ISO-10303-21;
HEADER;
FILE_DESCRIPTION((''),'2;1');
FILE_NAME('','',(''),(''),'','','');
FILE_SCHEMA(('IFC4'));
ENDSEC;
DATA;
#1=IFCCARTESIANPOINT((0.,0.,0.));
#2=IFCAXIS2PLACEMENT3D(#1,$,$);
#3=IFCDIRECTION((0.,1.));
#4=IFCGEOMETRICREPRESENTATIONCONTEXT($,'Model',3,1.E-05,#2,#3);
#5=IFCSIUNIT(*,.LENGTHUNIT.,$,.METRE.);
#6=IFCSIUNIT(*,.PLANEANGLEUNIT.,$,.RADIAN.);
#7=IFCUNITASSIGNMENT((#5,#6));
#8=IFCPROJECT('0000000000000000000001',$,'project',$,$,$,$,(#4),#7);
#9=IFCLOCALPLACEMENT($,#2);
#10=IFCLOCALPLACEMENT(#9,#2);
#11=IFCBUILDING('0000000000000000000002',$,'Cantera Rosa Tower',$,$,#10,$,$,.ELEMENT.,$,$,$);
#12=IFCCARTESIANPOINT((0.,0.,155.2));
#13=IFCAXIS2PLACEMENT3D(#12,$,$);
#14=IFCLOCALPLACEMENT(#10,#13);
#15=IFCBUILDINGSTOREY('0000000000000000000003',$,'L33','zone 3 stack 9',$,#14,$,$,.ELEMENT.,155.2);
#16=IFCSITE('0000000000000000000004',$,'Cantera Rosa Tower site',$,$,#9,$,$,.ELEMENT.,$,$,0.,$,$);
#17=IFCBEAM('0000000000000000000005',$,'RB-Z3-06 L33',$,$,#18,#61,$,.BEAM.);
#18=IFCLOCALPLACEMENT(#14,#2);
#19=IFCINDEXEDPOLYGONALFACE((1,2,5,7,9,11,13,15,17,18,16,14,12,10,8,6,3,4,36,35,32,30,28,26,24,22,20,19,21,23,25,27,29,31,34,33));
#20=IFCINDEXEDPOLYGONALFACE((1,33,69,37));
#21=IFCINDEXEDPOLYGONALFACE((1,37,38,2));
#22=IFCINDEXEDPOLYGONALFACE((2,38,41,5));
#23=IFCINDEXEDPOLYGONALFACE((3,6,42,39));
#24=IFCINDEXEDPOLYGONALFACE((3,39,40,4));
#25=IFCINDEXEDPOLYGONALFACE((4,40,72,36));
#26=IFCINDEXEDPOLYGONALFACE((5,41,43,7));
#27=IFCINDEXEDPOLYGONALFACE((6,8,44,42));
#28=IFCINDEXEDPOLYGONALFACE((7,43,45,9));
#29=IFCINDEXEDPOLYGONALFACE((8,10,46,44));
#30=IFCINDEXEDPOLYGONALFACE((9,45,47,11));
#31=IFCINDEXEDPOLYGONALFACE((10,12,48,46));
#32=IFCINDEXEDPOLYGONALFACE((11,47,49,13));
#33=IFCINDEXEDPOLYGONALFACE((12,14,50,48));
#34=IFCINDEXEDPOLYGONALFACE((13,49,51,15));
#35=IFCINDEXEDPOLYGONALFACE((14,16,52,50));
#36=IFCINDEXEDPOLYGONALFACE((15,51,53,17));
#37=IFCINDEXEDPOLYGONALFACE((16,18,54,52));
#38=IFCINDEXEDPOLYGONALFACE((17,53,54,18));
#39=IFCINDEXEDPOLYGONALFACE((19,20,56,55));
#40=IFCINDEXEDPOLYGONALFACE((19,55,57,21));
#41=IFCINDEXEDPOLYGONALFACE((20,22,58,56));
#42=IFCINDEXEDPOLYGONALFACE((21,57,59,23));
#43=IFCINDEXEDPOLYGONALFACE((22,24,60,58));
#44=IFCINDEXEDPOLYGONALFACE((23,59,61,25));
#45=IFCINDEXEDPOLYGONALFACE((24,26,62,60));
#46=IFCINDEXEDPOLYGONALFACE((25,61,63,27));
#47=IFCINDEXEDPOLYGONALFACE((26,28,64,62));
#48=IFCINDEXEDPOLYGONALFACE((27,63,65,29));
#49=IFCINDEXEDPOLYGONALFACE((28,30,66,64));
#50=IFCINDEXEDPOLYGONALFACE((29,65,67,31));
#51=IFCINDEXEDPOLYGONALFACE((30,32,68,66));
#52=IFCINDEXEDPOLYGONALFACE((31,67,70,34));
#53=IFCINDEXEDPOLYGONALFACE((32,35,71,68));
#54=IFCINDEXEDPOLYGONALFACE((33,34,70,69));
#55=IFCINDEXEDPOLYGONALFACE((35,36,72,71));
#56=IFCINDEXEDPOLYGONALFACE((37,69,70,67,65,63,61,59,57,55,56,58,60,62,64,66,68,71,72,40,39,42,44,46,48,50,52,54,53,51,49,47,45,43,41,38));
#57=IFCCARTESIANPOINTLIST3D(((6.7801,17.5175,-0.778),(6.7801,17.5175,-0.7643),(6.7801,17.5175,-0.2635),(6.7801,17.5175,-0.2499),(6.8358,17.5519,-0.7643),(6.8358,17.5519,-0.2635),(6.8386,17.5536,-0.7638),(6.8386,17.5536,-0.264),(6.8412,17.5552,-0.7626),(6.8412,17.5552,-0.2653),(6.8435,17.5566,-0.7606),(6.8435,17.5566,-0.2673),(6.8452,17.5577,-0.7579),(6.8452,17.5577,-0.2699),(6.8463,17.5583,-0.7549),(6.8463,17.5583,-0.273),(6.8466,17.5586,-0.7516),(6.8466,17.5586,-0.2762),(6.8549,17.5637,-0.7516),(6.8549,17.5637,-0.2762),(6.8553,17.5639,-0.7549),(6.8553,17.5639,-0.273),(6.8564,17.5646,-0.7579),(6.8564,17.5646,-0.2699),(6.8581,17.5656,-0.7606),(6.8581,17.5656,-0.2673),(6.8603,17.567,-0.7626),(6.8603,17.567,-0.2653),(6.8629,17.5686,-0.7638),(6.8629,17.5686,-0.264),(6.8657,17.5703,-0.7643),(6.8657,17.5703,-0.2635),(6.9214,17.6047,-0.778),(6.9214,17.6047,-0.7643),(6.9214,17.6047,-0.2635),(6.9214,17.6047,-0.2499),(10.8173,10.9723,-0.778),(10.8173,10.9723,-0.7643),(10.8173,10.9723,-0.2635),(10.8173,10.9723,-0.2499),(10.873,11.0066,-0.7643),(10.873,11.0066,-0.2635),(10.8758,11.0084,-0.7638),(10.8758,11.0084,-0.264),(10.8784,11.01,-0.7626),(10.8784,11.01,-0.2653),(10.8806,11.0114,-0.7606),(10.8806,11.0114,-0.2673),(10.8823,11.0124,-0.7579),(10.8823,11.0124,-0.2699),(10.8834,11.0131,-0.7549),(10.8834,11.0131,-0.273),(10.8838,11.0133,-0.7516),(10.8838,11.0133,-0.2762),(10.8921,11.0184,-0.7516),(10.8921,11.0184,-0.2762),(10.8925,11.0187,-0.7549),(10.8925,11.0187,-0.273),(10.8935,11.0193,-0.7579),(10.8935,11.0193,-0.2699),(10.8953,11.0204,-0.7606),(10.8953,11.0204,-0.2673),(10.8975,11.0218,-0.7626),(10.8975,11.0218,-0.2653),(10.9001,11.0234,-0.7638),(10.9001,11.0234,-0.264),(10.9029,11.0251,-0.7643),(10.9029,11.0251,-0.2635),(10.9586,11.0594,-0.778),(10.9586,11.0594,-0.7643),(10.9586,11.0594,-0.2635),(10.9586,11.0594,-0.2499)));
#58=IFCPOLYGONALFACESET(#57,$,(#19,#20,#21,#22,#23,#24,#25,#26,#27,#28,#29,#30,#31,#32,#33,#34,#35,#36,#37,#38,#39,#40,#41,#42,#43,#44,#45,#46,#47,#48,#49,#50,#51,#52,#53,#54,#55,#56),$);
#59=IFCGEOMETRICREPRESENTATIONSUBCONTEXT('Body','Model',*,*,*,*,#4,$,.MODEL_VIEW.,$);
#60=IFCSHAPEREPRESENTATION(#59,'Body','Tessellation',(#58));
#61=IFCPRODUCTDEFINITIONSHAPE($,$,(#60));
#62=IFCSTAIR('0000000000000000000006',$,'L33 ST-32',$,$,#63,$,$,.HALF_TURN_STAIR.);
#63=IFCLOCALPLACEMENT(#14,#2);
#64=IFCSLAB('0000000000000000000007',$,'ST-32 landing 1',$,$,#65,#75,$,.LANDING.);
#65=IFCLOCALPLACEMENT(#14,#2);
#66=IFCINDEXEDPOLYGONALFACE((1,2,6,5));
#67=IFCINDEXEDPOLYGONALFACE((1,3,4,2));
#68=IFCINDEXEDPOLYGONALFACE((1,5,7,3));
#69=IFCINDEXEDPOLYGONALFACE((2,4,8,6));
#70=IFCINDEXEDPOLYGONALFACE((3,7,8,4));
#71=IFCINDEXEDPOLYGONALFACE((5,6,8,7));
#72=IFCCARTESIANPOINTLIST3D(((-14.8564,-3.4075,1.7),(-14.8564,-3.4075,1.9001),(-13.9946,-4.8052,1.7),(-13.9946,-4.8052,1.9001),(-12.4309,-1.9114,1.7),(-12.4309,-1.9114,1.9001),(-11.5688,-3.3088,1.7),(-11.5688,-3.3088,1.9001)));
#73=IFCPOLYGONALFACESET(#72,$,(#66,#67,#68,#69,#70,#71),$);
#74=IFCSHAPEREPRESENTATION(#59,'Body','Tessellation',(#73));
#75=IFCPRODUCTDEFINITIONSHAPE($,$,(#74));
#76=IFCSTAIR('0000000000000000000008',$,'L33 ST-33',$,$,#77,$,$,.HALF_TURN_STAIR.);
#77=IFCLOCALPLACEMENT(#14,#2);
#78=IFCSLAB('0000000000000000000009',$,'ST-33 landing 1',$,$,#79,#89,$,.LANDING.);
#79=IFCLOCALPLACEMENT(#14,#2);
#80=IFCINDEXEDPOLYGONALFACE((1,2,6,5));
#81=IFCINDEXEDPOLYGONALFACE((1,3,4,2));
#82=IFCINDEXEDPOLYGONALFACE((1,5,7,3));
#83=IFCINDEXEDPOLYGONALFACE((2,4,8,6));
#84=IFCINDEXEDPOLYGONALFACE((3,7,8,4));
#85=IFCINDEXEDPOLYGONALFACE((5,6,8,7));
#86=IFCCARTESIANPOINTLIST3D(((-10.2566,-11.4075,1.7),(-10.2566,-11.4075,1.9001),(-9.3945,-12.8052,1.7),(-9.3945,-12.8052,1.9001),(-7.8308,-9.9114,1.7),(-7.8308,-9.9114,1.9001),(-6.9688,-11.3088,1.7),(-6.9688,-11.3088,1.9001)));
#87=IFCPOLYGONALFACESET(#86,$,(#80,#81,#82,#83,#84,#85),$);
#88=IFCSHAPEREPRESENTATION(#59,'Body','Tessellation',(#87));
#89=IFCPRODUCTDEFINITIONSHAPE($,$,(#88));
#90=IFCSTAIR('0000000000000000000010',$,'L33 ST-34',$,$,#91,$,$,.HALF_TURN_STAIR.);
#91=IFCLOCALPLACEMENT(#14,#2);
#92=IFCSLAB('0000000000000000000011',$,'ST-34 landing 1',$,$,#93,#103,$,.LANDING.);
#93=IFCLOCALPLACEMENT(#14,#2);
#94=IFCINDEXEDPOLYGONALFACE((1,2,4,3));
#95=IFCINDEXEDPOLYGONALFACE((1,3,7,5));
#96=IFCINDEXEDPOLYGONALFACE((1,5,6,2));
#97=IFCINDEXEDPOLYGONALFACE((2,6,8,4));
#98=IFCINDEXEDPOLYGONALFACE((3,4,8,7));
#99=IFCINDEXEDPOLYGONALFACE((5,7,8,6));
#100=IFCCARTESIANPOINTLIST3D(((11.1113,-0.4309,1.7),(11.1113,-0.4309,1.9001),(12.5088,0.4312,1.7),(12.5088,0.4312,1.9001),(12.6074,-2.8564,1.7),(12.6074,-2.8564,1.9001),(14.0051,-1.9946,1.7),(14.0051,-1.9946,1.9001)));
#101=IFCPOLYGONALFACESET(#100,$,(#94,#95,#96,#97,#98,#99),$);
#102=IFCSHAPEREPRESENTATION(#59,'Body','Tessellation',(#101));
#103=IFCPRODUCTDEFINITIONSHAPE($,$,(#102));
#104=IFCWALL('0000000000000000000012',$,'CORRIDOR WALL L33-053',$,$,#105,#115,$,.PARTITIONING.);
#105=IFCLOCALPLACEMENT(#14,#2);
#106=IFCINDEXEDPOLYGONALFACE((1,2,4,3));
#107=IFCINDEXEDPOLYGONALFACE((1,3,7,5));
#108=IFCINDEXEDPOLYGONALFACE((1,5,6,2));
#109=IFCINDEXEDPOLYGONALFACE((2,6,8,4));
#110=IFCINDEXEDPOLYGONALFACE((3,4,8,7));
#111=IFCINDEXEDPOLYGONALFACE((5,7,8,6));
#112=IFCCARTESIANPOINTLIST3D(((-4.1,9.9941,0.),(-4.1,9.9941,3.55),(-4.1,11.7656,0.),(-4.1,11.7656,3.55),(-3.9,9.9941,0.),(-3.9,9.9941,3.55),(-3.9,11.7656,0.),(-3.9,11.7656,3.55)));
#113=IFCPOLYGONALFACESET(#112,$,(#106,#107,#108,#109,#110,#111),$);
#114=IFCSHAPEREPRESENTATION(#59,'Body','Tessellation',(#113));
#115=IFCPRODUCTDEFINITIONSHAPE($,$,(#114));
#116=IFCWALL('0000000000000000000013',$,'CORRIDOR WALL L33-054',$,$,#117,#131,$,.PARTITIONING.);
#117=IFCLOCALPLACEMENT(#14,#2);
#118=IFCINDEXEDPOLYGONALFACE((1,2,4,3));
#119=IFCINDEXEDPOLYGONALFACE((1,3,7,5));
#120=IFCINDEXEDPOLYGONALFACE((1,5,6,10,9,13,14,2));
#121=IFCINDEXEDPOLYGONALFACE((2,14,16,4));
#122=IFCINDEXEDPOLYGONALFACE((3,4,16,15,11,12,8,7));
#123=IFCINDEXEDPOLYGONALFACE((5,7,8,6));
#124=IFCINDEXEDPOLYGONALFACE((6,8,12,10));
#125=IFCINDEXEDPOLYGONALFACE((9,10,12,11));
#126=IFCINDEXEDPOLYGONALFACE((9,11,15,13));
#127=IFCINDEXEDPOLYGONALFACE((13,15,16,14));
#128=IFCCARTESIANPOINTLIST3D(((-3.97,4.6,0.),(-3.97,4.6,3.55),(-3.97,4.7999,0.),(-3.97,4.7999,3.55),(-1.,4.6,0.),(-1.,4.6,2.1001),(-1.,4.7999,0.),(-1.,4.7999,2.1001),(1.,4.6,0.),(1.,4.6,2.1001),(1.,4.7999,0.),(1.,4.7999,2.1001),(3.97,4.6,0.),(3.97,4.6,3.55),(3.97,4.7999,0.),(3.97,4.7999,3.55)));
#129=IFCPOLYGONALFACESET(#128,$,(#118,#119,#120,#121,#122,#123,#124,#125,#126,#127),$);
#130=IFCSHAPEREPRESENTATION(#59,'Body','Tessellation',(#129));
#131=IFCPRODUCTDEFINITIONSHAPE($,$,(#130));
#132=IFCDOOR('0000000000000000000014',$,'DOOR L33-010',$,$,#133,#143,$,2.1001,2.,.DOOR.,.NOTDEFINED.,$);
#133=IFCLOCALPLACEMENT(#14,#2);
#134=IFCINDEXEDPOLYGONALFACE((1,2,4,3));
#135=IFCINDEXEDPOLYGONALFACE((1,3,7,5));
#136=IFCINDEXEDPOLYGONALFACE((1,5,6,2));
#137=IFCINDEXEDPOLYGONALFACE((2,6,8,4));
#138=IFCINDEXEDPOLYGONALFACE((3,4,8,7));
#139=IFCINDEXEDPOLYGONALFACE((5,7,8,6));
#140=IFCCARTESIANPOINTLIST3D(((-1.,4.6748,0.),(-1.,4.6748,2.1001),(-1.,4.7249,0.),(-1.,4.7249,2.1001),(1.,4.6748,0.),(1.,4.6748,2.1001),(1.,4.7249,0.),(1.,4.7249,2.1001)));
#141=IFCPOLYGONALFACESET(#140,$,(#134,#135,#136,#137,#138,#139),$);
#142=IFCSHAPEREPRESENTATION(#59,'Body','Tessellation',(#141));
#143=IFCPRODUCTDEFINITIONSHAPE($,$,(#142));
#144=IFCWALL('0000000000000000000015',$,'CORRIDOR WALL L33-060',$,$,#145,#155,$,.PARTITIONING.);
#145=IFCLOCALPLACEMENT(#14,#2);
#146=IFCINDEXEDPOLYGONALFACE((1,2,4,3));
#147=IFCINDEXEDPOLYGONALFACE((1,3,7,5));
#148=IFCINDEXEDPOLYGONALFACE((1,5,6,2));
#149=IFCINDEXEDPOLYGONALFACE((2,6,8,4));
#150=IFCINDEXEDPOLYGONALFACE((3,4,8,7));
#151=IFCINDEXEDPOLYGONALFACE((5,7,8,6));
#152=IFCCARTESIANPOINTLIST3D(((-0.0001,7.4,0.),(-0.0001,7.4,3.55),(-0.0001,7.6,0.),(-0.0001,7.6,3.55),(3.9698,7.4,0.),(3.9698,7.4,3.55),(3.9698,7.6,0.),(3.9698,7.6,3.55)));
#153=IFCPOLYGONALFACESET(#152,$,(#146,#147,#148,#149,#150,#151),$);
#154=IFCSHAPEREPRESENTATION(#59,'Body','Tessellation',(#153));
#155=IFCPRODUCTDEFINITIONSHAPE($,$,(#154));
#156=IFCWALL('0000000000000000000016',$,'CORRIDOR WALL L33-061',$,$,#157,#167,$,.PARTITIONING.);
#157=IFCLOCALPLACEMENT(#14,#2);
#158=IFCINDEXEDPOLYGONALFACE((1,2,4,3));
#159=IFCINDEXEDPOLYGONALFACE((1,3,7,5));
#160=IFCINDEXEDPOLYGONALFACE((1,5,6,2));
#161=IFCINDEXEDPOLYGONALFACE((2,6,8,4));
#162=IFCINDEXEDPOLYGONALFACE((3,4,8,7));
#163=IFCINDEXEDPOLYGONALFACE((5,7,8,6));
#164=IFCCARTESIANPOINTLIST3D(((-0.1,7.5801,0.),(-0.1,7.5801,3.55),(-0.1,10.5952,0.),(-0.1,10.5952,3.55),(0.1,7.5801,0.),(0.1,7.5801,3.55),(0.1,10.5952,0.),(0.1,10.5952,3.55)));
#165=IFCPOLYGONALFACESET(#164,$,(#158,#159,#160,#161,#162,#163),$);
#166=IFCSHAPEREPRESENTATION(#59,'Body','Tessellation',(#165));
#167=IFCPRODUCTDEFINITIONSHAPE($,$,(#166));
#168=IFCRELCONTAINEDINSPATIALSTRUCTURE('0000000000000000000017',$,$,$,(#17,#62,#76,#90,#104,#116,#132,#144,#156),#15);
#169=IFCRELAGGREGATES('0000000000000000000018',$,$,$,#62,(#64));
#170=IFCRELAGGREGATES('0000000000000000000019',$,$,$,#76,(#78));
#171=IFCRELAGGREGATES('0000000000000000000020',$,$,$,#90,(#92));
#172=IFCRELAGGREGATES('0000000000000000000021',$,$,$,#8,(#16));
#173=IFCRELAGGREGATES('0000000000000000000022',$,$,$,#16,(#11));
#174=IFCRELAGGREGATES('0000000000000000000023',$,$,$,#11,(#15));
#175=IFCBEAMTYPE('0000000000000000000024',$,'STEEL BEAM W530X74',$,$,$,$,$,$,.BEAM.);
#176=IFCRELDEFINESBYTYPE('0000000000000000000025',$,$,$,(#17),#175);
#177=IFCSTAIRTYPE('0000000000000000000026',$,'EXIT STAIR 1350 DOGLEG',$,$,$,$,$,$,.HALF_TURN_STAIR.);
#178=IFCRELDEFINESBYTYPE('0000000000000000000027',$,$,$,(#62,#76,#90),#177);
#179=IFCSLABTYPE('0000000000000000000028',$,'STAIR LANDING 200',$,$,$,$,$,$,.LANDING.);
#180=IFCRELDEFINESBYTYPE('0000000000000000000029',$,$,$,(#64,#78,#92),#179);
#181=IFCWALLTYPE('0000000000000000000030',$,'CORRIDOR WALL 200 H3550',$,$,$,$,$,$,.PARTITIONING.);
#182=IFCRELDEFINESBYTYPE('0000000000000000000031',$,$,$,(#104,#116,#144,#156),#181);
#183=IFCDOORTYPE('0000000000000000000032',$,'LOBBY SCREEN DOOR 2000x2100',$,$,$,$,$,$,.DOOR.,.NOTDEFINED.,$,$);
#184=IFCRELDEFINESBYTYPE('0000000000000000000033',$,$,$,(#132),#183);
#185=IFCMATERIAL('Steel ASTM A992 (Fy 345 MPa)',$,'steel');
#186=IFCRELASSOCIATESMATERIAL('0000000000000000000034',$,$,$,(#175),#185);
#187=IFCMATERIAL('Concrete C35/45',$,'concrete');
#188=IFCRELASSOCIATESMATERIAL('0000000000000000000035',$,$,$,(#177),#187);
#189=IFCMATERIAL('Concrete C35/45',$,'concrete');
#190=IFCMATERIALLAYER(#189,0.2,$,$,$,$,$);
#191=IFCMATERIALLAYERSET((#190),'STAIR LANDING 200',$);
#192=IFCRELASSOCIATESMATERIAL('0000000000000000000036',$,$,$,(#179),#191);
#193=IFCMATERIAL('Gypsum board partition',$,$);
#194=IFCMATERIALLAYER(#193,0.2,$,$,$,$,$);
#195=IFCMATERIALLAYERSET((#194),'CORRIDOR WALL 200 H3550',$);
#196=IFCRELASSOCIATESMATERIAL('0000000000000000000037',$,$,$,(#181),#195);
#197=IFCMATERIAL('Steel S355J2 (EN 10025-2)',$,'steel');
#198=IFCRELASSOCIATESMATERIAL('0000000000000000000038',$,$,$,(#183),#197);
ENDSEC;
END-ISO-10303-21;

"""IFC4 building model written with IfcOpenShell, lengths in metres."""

from ifc_helpers import new_model, si_unit, direction, frame, frame_2d, origin, origin_2d, place, context, subcontext, project, spatial, polyline, rectangle, i_section, outline, extrude, material, layer, layer_set, material_profile, profile_set, type_object, element, fill, aggregate, save


model = new_model("IFC4")

# Units and contexts
model_context = context("Model", 3, precision=1e-05, world=origin(), true_north=direction((0.0, 1.0)))
body_context = subcontext(model_context, "Body", "Model", "MODEL_VIEW")
ifc_project = project(units=[si_unit("LENGTHUNIT", "METRE"), si_unit("PLANEANGLEUNIT", "RADIAN")], contexts=[model_context])

# Site, building, storey
site_placement = place(None, origin())
site = spatial("IfcSite", under=ifc_project, at=site_placement, Name="Cantera Rosa Tower site", CompositionType="ELEMENT", RefElevation=0.0)
building_placement = place(site_placement, origin())
building = spatial("IfcBuilding", under=site, at=building_placement, Name="Cantera Rosa Tower", CompositionType="ELEMENT")
storey_placement = place(building_placement, frame((0.0, 0.0, 155.2)))
storey = spatial("IfcBuildingStorey", under=building, at=storey_placement, Name="L33", Description="zone 3 stack 9", CompositionType="ELEMENT", Elevation=155.2)

# Beam
ifc_material_1 = material(Name="Steel ASTM A992 (Fy 345 MPa)", Category="steel")
ifc_material_profile = material_profile(ifc_material_1, i_section(OverallWidth=0.166, OverallDepth=0.5281, WebThickness=0.0098, FlangeThickness=0.0137, FilletRadius=0.0127, at=origin_2d()), Name="W530X74")
ifc_profile_set = profile_set([ifc_material_profile], Name="Steel ASTM A992 (Fy 345 MPa)")
beam_type = type_object("IfcBeamType", Name="STEEL BEAM W530X74", PredefinedType="BEAM", material=ifc_profile_set)
beam_placement = place(storey_placement, frame((10.8879, 11.0159, -0.5139), z_axis=(-0.524976, 0.851117, 0.0), x_axis=(-0.851117, -0.524976, 0.0)))
element("IfcBeam", 1, at=beam_placement, inside=storey, type_object=beam_type, Name="RB-Z3-06 L33", PredefinedType="BEAM", context=body_context, shape_type="SweptSolid", body=[
    extrude(i_section(OverallWidth=0.166, OverallDepth=0.5281, WebThickness=0.0098, FlangeThickness=0.0137, FilletRadius=0.0127, at=origin_2d()), origin(), (0.0, 0.0, 1.0), 7.6902),
])

# Stairs, slabs
ifc_material_2 = material(Name="Concrete C35/45", Category="concrete")
stair_type = type_object("IfcStairType", Name="EXIT STAIR 1350 DOGLEG", PredefinedType="HALF_TURN_STAIR", material=ifc_material_2)
stair_1_placement = place(storey_placement, origin())
stair_1 = element("IfcStair", 2, at=stair_1_placement, inside=storey, type_object=stair_type, Name="L33 ST-32", PredefinedType="HALF_TURN_STAIR")
ifc_material_3 = material(Name="Concrete C35/45", Category="concrete")
ifc_layer_1 = layer(ifc_material_3, 0.2)
ifc_layer_set_1 = layer_set([ifc_layer_1], Name="STAIR LANDING 200")
slab_type = type_object("IfcSlabType", Name="STAIR LANDING 200", PredefinedType="LANDING", material=ifc_layer_set_1)
slab_1_placement = place(storey_placement, frame((0.0, 0.0, 1.7)))
slab_1 = element("IfcSlab", 3, at=slab_1_placement, type_object=slab_type, Name="ST-32 landing 1", PredefinedType="LANDING", context=body_context, shape_type="SweptSolid", body=[
    extrude(outline(polyline([(-11.5688, -3.3088), (-12.4309, -1.9114), (-14.8564, -3.4075), (-13.9946, -4.8052), (-11.5688, -3.3088)])), origin(), (0.0, 0.0, 1.0), 0.2002),
])
aggregate(stair_1, [slab_1])
stair_2_placement = place(storey_placement, origin())
stair_2 = element("IfcStair", 4, at=stair_2_placement, inside=storey, type_object=stair_type, Name="L33 ST-33", PredefinedType="HALF_TURN_STAIR")
slab_2_placement = place(storey_placement, frame((0.0, 0.0, 1.7)))
slab_2 = element("IfcSlab", 5, at=slab_2_placement, type_object=slab_type, Name="ST-33 landing 1", PredefinedType="LANDING", context=body_context, shape_type="SweptSolid", body=[
    extrude(outline(polyline([(-6.9688, -11.3088), (-7.8308, -9.9114), (-10.2566, -11.4075), (-9.3945, -12.8052), (-6.9688, -11.3088)])), origin(), (0.0, 0.0, 1.0), 0.2002),
])
aggregate(stair_2, [slab_2])
stair_3_placement = place(storey_placement, origin())
stair_3 = element("IfcStair", 6, at=stair_3_placement, inside=storey, type_object=stair_type, Name="L33 ST-34", PredefinedType="HALF_TURN_STAIR")
slab_3_placement = place(storey_placement, frame((0.0, 0.0, 1.7)))
slab_3 = element("IfcSlab", 7, at=slab_3_placement, type_object=slab_type, Name="ST-34 landing 1", PredefinedType="LANDING", context=body_context, shape_type="SweptSolid", body=[
    extrude(outline(polyline([(12.5088, 0.4312), (11.1113, -0.4309), (12.6074, -2.8564), (14.0051, -1.9946), (12.5088, 0.4312)])), origin(), (0.0, 0.0, 1.0), 0.2002),
])
aggregate(stair_3, [slab_3])

# Wall
ifc_material_4 = material(Name="Gypsum board partition")
ifc_layer_2 = layer(ifc_material_4, 0.2)
ifc_layer_set_2 = layer_set([ifc_layer_2], Name="CORRIDOR WALL 200 H3550")
wall_type_1 = type_object("IfcWallType", Name="CORRIDOR WALL 200 H3550", PredefinedType="PARTITIONING", material=ifc_layer_set_2)
wall_1_placement = place(storey_placement, frame((-4.0, 11.7656, 0.0), z_axis=(0.0, 0.0, 1.0), x_axis=(0.0, -1.0, 0.0)))
element("IfcWall", 8, at=wall_1_placement, inside=storey, type_object=wall_type_1, Name="CORRIDOR WALL L33-053", PredefinedType="PARTITIONING", context=body_context, shape_type="SweptSolid", body=[
    extrude(rectangle(XDim=1.7715, YDim=0.2, at=frame_2d((0.8857, 0.0))), origin(), (0.0, 0.0, 1.0), 3.55),
])

# Wall, opening, door
wall_2_placement = place(storey_placement, frame((-3.97, 4.7, 0.0), z_axis=(0.0, 0.0, 1.0), x_axis=(1.0, 0.0, 0.0)))
wall_2 = element("IfcWall", 9, at=wall_2_placement, inside=storey, type_object=wall_type_1, Name="CORRIDOR WALL L33-054", PredefinedType="PARTITIONING", context=body_context, shape_type="SweptSolid", body=[
    extrude(rectangle(XDim=7.9399, YDim=0.2, at=frame_2d((3.97, 0.0))), origin(), (0.0, 0.0, 1.0), 3.55),
])
opening_1_placement = place(wall_2_placement, frame((2.97, 0.0, 0.0)))
opening_1 = element("IfcOpeningElement", 10, at=opening_1_placement, cuts=wall_2, PredefinedType="OPENING", context=body_context, shape_type="SweptSolid", body=[
    extrude(rectangle(XDim=2.0, YDim=2.1001, at=frame_2d((1.0, 1.05))), frame((0.0, 0.1099, 0.0), z_axis=(0.0, -1.0, 0.0), x_axis=(1.0, 0.0, 0.0)), (0.0, 0.0, 1.0), 0.22),
])
ifc_material_5 = material(Name="Steel S355J2 (EN 10025-2)", Category="steel")
door_type_1 = type_object("IfcDoorType", Name="LOBBY SCREEN DOOR 2000x2100", OperationType="NOTDEFINED", PredefinedType="DOOR", material=ifc_material_5)
door_1_placement = place(opening_1_placement, origin())
door_1 = element("IfcDoor", 11, at=door_1_placement, inside=storey, type_object=door_type_1, Name="DOOR L33-010", OperationType="NOTDEFINED", OverallHeight=2.1001, OverallWidth=2.0, PredefinedType="DOOR", context=body_context, shape_type="SweptSolid", body=[
    extrude(rectangle(XDim=2.0, YDim=2.1001, at=frame_2d((1.0, 1.05))), frame((0.0, 0.0249, 0.0), z_axis=(0.0, -1.0, 0.0), x_axis=(1.0, 0.0, 0.0)), (0.0, 0.0, 1.0), 0.05),
])
fill(opening_1, door_1)

# Walls
wall_3_placement = place(storey_placement, frame((0.0, 7.5, 0.0), z_axis=(0.0, 0.0, 1.0), x_axis=(1.0, 0.0, 0.0)))
element("IfcWall", 12, at=wall_3_placement, inside=storey, type_object=wall_type_1, Name="CORRIDOR WALL L33-060", PredefinedType="PARTITIONING", context=body_context, shape_type="SweptSolid", body=[
    extrude(rectangle(XDim=3.97, YDim=0.2, at=frame_2d((1.9849, 0.0))), origin(), (0.0, 0.0, 1.0), 3.55),
])
wall_4_placement = place(storey_placement, frame((0.0, 10.5952, 0.0), z_axis=(0.0, 0.0, 1.0), x_axis=(0.0, -1.0, 0.0)))
element("IfcWall", 13, at=wall_4_placement, inside=storey, type_object=wall_type_1, Name="CORRIDOR WALL L33-061", PredefinedType="PARTITIONING", context=body_context, shape_type="SweptSolid", body=[
    extrude(rectangle(XDim=3.0151, YDim=0.2, at=frame_2d((1.5076, 0.0))), origin(), (0.0, 0.0, 1.0), 3.55),
])

save(model, "model.ifc")
